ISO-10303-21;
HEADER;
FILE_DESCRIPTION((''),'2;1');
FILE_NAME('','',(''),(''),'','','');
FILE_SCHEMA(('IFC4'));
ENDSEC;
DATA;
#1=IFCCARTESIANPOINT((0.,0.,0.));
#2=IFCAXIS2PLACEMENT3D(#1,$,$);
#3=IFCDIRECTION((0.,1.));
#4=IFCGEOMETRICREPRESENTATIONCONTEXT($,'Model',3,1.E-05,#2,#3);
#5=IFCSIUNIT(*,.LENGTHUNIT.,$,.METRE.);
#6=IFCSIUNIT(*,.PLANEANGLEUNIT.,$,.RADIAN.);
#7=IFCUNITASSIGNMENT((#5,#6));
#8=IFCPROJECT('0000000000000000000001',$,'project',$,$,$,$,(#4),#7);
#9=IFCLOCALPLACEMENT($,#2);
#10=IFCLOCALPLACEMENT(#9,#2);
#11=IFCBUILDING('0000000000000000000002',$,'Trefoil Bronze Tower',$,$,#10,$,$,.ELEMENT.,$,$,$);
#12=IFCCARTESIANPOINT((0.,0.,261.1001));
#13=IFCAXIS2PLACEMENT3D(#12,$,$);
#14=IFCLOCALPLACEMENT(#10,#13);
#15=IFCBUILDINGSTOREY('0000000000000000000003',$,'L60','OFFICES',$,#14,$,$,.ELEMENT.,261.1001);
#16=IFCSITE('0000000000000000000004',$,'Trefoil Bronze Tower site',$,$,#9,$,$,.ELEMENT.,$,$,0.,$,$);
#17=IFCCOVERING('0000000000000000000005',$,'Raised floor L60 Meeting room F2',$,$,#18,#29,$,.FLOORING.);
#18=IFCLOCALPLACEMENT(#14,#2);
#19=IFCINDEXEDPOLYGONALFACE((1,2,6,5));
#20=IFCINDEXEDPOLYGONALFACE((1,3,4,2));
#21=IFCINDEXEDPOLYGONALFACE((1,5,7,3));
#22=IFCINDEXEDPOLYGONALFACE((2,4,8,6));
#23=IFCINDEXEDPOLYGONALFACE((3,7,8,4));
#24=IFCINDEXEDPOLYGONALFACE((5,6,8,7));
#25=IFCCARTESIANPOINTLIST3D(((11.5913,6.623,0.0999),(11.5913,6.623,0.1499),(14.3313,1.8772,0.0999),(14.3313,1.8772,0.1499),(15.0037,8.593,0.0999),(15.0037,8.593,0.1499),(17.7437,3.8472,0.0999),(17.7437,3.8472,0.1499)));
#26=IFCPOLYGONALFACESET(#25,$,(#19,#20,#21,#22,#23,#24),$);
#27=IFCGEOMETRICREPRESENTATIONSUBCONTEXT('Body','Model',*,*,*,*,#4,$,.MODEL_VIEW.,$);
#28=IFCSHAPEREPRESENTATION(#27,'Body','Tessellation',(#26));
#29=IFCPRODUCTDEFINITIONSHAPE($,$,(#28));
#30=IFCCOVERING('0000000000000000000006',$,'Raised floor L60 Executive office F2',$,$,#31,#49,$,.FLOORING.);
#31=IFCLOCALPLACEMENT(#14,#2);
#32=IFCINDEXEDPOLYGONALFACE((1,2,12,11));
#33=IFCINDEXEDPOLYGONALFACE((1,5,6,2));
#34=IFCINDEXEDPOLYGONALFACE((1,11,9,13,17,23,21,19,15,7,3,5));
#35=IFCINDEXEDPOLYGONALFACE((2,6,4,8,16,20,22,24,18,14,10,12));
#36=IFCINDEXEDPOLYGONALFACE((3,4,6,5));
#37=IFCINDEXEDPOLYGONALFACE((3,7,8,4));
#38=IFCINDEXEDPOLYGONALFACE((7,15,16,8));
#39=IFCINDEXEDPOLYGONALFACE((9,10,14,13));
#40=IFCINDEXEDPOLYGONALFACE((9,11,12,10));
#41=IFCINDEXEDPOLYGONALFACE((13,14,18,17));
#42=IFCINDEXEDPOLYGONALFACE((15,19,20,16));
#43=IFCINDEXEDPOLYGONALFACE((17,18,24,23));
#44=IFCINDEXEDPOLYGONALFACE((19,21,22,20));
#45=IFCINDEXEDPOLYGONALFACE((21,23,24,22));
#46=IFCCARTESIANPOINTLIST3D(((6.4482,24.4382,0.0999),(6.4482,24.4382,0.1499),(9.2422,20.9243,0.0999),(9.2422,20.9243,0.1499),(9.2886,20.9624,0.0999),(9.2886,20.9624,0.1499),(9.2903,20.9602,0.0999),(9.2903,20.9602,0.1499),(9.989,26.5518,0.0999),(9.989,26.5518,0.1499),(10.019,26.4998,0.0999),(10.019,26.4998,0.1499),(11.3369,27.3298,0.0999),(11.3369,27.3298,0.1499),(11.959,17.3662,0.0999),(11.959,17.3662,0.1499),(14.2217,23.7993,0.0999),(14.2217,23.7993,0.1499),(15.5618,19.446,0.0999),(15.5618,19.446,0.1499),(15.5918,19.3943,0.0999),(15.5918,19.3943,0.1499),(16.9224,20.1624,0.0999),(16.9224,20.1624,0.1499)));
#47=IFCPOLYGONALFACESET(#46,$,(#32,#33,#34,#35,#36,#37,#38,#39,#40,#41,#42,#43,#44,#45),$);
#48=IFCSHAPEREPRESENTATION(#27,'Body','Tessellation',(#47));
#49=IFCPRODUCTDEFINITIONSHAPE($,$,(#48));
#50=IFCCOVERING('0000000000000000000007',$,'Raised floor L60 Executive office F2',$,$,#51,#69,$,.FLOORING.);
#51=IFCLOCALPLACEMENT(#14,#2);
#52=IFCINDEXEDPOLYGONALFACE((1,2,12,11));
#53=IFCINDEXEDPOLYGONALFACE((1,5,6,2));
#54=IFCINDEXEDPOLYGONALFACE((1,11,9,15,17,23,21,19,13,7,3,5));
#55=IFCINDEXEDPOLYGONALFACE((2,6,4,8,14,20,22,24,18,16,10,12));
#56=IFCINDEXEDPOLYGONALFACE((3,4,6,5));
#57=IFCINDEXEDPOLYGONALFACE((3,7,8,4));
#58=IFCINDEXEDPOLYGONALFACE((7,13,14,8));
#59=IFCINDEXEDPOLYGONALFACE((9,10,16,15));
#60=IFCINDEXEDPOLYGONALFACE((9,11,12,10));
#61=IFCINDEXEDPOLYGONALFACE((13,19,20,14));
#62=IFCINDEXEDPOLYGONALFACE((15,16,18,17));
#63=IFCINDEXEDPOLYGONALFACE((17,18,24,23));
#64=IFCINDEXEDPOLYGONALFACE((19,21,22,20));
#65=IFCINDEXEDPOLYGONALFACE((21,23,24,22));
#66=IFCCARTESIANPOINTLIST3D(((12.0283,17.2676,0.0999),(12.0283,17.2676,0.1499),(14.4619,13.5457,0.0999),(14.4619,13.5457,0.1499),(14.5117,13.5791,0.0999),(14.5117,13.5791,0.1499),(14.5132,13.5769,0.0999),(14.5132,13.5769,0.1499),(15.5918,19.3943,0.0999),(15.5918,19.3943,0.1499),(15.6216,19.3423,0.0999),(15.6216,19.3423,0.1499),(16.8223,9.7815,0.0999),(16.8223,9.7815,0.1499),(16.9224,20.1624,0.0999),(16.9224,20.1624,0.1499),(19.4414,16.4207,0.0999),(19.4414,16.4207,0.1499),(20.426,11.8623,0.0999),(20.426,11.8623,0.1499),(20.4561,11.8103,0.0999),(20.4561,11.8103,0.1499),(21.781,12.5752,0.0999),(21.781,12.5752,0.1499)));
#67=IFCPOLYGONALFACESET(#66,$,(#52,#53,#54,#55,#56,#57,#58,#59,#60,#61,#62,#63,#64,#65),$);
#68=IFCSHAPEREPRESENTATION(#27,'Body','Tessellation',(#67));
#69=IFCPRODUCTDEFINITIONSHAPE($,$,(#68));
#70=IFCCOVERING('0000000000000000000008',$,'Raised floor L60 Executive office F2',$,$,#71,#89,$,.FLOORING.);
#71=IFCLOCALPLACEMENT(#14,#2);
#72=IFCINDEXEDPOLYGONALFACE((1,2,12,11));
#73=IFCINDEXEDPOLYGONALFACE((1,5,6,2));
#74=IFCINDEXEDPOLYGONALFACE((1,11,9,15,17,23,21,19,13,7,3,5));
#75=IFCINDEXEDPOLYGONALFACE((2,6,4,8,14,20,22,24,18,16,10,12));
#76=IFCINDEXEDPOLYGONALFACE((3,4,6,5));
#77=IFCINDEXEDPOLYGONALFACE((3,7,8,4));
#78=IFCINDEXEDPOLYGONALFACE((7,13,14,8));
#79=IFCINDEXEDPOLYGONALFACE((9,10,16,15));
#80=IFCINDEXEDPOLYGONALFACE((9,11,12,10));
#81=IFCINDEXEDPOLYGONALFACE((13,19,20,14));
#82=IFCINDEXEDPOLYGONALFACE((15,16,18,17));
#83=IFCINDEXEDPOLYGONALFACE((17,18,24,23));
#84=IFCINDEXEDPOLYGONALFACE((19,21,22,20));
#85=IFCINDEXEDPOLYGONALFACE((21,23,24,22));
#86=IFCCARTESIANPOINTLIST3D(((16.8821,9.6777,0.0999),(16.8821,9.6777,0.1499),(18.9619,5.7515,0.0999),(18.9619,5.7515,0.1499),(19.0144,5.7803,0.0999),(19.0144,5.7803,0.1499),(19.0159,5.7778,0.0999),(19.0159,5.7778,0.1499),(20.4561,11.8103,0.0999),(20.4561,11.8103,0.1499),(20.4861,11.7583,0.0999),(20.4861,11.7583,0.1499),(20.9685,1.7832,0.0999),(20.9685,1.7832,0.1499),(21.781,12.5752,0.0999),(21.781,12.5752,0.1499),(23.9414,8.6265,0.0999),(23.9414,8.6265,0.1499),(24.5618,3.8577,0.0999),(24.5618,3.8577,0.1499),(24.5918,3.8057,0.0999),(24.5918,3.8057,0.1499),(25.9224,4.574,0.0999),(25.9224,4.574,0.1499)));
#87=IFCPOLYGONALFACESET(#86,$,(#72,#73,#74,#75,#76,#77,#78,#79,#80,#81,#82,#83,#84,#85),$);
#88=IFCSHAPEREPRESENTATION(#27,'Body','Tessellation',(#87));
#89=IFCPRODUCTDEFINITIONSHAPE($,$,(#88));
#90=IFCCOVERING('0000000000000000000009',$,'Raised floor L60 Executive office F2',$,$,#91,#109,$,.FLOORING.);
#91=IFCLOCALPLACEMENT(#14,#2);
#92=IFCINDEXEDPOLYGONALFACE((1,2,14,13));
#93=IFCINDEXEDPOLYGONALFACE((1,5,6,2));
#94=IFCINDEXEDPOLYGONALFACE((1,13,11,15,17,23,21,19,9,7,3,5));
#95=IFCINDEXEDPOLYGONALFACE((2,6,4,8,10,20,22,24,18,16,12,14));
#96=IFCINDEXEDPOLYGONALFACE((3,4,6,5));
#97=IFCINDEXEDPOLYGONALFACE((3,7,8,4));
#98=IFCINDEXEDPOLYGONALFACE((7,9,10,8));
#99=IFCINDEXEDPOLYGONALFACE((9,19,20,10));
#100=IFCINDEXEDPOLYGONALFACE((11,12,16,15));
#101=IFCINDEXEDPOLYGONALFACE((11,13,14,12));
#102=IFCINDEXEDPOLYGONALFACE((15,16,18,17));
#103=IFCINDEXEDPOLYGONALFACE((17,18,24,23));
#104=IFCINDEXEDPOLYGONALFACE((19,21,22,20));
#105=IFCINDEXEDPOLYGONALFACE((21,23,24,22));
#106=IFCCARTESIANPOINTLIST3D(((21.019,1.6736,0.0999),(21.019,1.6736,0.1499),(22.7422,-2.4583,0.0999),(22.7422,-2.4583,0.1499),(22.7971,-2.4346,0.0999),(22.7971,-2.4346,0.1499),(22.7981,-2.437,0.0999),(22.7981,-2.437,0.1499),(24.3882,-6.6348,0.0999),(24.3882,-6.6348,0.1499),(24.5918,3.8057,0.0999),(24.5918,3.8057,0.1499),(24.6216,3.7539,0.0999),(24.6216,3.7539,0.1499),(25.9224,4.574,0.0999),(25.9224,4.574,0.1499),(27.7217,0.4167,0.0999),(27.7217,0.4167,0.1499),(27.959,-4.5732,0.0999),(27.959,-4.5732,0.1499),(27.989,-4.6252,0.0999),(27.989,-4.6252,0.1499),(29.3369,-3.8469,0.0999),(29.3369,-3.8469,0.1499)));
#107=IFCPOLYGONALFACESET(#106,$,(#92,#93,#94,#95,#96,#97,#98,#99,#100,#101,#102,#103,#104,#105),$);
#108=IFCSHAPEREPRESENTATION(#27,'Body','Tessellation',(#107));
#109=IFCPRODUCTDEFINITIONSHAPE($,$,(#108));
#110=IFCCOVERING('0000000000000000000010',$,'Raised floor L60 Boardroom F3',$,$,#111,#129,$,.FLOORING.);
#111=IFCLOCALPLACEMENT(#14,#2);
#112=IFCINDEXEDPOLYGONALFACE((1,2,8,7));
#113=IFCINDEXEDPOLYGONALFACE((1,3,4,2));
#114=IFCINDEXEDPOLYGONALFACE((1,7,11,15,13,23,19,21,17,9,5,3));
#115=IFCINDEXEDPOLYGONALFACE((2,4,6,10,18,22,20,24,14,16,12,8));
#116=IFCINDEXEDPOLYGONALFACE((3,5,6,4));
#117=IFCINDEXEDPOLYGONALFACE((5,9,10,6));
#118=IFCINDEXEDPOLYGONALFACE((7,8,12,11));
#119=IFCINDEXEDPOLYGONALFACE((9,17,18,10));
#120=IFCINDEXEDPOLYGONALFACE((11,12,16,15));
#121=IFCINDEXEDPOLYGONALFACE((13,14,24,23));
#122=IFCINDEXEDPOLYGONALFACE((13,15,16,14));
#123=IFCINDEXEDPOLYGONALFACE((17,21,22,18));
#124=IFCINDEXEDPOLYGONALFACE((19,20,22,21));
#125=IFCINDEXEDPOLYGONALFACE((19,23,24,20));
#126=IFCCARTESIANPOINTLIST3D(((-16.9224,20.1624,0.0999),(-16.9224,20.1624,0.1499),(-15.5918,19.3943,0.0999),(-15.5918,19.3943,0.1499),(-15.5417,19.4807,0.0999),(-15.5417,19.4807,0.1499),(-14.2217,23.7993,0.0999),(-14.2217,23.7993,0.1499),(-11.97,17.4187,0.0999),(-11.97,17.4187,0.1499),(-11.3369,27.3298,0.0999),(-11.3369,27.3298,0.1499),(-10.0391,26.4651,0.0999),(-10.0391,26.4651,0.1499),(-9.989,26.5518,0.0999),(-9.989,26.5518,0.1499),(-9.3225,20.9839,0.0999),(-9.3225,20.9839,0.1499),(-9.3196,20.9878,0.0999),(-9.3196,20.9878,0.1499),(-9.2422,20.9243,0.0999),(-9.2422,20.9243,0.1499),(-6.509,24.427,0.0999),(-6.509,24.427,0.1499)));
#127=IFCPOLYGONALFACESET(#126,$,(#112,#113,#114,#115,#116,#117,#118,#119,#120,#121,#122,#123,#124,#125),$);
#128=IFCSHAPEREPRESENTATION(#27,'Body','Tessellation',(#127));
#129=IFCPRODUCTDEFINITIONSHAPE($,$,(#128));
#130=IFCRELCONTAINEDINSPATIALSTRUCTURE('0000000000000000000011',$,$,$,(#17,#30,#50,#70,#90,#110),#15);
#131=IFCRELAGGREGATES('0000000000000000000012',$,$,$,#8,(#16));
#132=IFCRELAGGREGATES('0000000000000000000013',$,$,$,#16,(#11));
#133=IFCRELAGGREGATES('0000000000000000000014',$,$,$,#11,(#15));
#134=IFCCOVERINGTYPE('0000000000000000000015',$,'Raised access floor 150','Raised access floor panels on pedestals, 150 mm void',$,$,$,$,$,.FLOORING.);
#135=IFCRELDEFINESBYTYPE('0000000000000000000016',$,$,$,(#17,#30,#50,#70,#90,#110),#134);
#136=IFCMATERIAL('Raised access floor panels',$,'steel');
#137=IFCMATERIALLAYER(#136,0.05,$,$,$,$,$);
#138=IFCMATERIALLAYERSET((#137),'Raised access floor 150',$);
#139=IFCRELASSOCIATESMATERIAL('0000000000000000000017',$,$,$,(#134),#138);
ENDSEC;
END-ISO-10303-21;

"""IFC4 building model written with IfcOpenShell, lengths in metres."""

from ifc_helpers import new_model, si_unit, direction, frame, origin, place, context, subcontext, project, spatial, polyline, outline, extrude, material, layer, layer_set, type_object, element, save


model = new_model("IFC4")

# Units and contexts
model_context = context("Model", 3, precision=1e-05, world=origin(), true_north=direction((0.0, 1.0)))
body_context = subcontext(model_context, "Body", "Model", "MODEL_VIEW")
ifc_project = project(units=[si_unit("LENGTHUNIT", "METRE"), si_unit("PLANEANGLEUNIT", "RADIAN")], contexts=[model_context])

# Site, building, storey
site_placement = place(None, origin())
site = spatial("IfcSite", under=ifc_project, at=site_placement, Name="Trefoil Bronze Tower site", CompositionType="ELEMENT", RefElevation=0.0)
building_placement = place(site_placement, origin())
building = spatial("IfcBuilding", under=site, at=building_placement, Name="Trefoil Bronze Tower", CompositionType="ELEMENT")
storey_placement = place(building_placement, frame((0.0, 0.0, 261.1001)))
storey = spatial("IfcBuildingStorey", under=building, at=storey_placement, Name="L60", Description="OFFICES", CompositionType="ELEMENT", Elevation=261.1001)

# Coverings
ifc_material_1 = material(Name="Raised access floor panels", Category="steel")
ifc_layer_1 = layer(ifc_material_1, 0.05)
ifc_layer_set_1 = layer_set([ifc_layer_1], Name="Raised access floor 150")
covering_type_1 = type_object("IfcCoveringType", Name="Raised access floor 150", Description="Raised access floor panels on pedestals, 150 mm void", PredefinedType="FLOORING", material=ifc_layer_set_1)
covering_1_placement = place(storey_placement, frame((0.0, 0.0, 0.0999)))
element("IfcCovering", 1, at=covering_1_placement, inside=storey, type_object=covering_type_1, Name="Raised floor L60 Meeting room F2", PredefinedType="FLOORING", context=body_context, shape_type="SweptSolid", body=[
    extrude(outline(polyline([(11.5913, 6.623), (15.0037, 8.593), (17.7437, 3.8472), (14.3313, 1.8772), (11.5913, 6.623)])), origin(), (0.0, 0.0, 1.0), 0.05),
])
covering_2_placement = place(storey_placement, frame((0.0, 0.0, 0.0999)))
element("IfcCovering", 2, at=covering_2_placement, inside=storey, type_object=covering_type_1, Name="Raised floor L60 Executive office F2", PredefinedType="FLOORING", context=body_context, shape_type="SweptSolid", body=[
    extrude(outline(polyline([(16.9224, 20.1624), (15.5918, 19.3943), (15.5618, 19.446), (11.959, 17.3662), (9.2903, 20.9602), (9.2422, 20.9243), (9.2886, 20.9624), (6.4482, 24.4382), (10.019, 26.4998), (9.989, 26.5518), (11.3369, 27.3298), (14.2217, 23.7993), (16.9224, 20.1624)])), origin(), (0.0, 0.0, 1.0), 0.05),
])
covering_3_placement = place(storey_placement, frame((0.0, 0.0, 0.0999)))
element("IfcCovering", 3, at=covering_3_placement, inside=storey, type_object=covering_type_1, Name="Raised floor L60 Executive office F2", PredefinedType="FLOORING", context=body_context, shape_type="SweptSolid", body=[
    extrude(outline(polyline([(19.4414, 16.4207), (21.781, 12.5752), (20.4561, 11.8103), (20.426, 11.8623), (16.8223, 9.7815), (14.5132, 13.5769), (14.4619, 13.5457), (14.5117, 13.5791), (12.0283, 17.2676), (15.6216, 19.3423), (15.5918, 19.3943), (16.9224, 20.1624), (19.4414, 16.4207)])), origin(), (0.0, 0.0, 1.0), 0.05),
])
covering_4_placement = place(storey_placement, frame((0.0, 0.0, 0.0999)))
element("IfcCovering", 4, at=covering_4_placement, inside=storey, type_object=covering_type_1, Name="Raised floor L60 Executive office F2", PredefinedType="FLOORING", context=body_context, shape_type="SweptSolid", body=[
    extrude(outline(polyline([(23.9414, 8.6265), (25.9224, 4.574), (24.5918, 3.8057), (24.5618, 3.8577), (20.9685, 1.7832), (19.0159, 5.7778), (18.9619, 5.7515), (19.0144, 5.7803), (16.8821, 9.6777), (20.4861, 11.7583), (20.4561, 11.8103), (21.781, 12.5752), (23.9414, 8.6265)])), origin(), (0.0, 0.0, 1.0), 0.05),
])
covering_5_placement = place(storey_placement, frame((0.0, 0.0, 0.0999)))
element("IfcCovering", 5, at=covering_5_placement, inside=storey, type_object=covering_type_1, Name="Raised floor L60 Executive office F2", PredefinedType="FLOORING", context=body_context, shape_type="SweptSolid", body=[
    extrude(outline(polyline([(27.7217, 0.4167), (29.3369, -3.8469), (27.989, -4.6252), (27.959, -4.5732), (24.3882, -6.6348), (22.7981, -2.437), (22.7422, -2.4583), (22.7971, -2.4346), (21.019, 1.6736), (24.6216, 3.7539), (24.5918, 3.8057), (25.9224, 4.574), (27.7217, 0.4167)])), origin(), (0.0, 0.0, 1.0), 0.05),
])
covering_6_placement = place(storey_placement, frame((0.0, 0.0, 0.0999)))
element("IfcCovering", 6, at=covering_6_placement, inside=storey, type_object=covering_type_1, Name="Raised floor L60 Boardroom F3", PredefinedType="FLOORING", context=body_context, shape_type="SweptSolid", body=[
    extrude(outline(polyline([(-14.2217, 23.7993), (-11.3369, 27.3298), (-9.989, 26.5518), (-10.0391, 26.4651), (-6.509, 24.427), (-9.3196, 20.9878), (-9.2422, 20.9243), (-9.3225, 20.9839), (-11.97, 17.4187), (-15.5417, 19.4807), (-15.5918, 19.3943), (-16.9224, 20.1624), (-14.2217, 23.7993)])), origin(), (0.0, 0.0, 1.0), 0.05),
])

save(model, "model.ifc")
